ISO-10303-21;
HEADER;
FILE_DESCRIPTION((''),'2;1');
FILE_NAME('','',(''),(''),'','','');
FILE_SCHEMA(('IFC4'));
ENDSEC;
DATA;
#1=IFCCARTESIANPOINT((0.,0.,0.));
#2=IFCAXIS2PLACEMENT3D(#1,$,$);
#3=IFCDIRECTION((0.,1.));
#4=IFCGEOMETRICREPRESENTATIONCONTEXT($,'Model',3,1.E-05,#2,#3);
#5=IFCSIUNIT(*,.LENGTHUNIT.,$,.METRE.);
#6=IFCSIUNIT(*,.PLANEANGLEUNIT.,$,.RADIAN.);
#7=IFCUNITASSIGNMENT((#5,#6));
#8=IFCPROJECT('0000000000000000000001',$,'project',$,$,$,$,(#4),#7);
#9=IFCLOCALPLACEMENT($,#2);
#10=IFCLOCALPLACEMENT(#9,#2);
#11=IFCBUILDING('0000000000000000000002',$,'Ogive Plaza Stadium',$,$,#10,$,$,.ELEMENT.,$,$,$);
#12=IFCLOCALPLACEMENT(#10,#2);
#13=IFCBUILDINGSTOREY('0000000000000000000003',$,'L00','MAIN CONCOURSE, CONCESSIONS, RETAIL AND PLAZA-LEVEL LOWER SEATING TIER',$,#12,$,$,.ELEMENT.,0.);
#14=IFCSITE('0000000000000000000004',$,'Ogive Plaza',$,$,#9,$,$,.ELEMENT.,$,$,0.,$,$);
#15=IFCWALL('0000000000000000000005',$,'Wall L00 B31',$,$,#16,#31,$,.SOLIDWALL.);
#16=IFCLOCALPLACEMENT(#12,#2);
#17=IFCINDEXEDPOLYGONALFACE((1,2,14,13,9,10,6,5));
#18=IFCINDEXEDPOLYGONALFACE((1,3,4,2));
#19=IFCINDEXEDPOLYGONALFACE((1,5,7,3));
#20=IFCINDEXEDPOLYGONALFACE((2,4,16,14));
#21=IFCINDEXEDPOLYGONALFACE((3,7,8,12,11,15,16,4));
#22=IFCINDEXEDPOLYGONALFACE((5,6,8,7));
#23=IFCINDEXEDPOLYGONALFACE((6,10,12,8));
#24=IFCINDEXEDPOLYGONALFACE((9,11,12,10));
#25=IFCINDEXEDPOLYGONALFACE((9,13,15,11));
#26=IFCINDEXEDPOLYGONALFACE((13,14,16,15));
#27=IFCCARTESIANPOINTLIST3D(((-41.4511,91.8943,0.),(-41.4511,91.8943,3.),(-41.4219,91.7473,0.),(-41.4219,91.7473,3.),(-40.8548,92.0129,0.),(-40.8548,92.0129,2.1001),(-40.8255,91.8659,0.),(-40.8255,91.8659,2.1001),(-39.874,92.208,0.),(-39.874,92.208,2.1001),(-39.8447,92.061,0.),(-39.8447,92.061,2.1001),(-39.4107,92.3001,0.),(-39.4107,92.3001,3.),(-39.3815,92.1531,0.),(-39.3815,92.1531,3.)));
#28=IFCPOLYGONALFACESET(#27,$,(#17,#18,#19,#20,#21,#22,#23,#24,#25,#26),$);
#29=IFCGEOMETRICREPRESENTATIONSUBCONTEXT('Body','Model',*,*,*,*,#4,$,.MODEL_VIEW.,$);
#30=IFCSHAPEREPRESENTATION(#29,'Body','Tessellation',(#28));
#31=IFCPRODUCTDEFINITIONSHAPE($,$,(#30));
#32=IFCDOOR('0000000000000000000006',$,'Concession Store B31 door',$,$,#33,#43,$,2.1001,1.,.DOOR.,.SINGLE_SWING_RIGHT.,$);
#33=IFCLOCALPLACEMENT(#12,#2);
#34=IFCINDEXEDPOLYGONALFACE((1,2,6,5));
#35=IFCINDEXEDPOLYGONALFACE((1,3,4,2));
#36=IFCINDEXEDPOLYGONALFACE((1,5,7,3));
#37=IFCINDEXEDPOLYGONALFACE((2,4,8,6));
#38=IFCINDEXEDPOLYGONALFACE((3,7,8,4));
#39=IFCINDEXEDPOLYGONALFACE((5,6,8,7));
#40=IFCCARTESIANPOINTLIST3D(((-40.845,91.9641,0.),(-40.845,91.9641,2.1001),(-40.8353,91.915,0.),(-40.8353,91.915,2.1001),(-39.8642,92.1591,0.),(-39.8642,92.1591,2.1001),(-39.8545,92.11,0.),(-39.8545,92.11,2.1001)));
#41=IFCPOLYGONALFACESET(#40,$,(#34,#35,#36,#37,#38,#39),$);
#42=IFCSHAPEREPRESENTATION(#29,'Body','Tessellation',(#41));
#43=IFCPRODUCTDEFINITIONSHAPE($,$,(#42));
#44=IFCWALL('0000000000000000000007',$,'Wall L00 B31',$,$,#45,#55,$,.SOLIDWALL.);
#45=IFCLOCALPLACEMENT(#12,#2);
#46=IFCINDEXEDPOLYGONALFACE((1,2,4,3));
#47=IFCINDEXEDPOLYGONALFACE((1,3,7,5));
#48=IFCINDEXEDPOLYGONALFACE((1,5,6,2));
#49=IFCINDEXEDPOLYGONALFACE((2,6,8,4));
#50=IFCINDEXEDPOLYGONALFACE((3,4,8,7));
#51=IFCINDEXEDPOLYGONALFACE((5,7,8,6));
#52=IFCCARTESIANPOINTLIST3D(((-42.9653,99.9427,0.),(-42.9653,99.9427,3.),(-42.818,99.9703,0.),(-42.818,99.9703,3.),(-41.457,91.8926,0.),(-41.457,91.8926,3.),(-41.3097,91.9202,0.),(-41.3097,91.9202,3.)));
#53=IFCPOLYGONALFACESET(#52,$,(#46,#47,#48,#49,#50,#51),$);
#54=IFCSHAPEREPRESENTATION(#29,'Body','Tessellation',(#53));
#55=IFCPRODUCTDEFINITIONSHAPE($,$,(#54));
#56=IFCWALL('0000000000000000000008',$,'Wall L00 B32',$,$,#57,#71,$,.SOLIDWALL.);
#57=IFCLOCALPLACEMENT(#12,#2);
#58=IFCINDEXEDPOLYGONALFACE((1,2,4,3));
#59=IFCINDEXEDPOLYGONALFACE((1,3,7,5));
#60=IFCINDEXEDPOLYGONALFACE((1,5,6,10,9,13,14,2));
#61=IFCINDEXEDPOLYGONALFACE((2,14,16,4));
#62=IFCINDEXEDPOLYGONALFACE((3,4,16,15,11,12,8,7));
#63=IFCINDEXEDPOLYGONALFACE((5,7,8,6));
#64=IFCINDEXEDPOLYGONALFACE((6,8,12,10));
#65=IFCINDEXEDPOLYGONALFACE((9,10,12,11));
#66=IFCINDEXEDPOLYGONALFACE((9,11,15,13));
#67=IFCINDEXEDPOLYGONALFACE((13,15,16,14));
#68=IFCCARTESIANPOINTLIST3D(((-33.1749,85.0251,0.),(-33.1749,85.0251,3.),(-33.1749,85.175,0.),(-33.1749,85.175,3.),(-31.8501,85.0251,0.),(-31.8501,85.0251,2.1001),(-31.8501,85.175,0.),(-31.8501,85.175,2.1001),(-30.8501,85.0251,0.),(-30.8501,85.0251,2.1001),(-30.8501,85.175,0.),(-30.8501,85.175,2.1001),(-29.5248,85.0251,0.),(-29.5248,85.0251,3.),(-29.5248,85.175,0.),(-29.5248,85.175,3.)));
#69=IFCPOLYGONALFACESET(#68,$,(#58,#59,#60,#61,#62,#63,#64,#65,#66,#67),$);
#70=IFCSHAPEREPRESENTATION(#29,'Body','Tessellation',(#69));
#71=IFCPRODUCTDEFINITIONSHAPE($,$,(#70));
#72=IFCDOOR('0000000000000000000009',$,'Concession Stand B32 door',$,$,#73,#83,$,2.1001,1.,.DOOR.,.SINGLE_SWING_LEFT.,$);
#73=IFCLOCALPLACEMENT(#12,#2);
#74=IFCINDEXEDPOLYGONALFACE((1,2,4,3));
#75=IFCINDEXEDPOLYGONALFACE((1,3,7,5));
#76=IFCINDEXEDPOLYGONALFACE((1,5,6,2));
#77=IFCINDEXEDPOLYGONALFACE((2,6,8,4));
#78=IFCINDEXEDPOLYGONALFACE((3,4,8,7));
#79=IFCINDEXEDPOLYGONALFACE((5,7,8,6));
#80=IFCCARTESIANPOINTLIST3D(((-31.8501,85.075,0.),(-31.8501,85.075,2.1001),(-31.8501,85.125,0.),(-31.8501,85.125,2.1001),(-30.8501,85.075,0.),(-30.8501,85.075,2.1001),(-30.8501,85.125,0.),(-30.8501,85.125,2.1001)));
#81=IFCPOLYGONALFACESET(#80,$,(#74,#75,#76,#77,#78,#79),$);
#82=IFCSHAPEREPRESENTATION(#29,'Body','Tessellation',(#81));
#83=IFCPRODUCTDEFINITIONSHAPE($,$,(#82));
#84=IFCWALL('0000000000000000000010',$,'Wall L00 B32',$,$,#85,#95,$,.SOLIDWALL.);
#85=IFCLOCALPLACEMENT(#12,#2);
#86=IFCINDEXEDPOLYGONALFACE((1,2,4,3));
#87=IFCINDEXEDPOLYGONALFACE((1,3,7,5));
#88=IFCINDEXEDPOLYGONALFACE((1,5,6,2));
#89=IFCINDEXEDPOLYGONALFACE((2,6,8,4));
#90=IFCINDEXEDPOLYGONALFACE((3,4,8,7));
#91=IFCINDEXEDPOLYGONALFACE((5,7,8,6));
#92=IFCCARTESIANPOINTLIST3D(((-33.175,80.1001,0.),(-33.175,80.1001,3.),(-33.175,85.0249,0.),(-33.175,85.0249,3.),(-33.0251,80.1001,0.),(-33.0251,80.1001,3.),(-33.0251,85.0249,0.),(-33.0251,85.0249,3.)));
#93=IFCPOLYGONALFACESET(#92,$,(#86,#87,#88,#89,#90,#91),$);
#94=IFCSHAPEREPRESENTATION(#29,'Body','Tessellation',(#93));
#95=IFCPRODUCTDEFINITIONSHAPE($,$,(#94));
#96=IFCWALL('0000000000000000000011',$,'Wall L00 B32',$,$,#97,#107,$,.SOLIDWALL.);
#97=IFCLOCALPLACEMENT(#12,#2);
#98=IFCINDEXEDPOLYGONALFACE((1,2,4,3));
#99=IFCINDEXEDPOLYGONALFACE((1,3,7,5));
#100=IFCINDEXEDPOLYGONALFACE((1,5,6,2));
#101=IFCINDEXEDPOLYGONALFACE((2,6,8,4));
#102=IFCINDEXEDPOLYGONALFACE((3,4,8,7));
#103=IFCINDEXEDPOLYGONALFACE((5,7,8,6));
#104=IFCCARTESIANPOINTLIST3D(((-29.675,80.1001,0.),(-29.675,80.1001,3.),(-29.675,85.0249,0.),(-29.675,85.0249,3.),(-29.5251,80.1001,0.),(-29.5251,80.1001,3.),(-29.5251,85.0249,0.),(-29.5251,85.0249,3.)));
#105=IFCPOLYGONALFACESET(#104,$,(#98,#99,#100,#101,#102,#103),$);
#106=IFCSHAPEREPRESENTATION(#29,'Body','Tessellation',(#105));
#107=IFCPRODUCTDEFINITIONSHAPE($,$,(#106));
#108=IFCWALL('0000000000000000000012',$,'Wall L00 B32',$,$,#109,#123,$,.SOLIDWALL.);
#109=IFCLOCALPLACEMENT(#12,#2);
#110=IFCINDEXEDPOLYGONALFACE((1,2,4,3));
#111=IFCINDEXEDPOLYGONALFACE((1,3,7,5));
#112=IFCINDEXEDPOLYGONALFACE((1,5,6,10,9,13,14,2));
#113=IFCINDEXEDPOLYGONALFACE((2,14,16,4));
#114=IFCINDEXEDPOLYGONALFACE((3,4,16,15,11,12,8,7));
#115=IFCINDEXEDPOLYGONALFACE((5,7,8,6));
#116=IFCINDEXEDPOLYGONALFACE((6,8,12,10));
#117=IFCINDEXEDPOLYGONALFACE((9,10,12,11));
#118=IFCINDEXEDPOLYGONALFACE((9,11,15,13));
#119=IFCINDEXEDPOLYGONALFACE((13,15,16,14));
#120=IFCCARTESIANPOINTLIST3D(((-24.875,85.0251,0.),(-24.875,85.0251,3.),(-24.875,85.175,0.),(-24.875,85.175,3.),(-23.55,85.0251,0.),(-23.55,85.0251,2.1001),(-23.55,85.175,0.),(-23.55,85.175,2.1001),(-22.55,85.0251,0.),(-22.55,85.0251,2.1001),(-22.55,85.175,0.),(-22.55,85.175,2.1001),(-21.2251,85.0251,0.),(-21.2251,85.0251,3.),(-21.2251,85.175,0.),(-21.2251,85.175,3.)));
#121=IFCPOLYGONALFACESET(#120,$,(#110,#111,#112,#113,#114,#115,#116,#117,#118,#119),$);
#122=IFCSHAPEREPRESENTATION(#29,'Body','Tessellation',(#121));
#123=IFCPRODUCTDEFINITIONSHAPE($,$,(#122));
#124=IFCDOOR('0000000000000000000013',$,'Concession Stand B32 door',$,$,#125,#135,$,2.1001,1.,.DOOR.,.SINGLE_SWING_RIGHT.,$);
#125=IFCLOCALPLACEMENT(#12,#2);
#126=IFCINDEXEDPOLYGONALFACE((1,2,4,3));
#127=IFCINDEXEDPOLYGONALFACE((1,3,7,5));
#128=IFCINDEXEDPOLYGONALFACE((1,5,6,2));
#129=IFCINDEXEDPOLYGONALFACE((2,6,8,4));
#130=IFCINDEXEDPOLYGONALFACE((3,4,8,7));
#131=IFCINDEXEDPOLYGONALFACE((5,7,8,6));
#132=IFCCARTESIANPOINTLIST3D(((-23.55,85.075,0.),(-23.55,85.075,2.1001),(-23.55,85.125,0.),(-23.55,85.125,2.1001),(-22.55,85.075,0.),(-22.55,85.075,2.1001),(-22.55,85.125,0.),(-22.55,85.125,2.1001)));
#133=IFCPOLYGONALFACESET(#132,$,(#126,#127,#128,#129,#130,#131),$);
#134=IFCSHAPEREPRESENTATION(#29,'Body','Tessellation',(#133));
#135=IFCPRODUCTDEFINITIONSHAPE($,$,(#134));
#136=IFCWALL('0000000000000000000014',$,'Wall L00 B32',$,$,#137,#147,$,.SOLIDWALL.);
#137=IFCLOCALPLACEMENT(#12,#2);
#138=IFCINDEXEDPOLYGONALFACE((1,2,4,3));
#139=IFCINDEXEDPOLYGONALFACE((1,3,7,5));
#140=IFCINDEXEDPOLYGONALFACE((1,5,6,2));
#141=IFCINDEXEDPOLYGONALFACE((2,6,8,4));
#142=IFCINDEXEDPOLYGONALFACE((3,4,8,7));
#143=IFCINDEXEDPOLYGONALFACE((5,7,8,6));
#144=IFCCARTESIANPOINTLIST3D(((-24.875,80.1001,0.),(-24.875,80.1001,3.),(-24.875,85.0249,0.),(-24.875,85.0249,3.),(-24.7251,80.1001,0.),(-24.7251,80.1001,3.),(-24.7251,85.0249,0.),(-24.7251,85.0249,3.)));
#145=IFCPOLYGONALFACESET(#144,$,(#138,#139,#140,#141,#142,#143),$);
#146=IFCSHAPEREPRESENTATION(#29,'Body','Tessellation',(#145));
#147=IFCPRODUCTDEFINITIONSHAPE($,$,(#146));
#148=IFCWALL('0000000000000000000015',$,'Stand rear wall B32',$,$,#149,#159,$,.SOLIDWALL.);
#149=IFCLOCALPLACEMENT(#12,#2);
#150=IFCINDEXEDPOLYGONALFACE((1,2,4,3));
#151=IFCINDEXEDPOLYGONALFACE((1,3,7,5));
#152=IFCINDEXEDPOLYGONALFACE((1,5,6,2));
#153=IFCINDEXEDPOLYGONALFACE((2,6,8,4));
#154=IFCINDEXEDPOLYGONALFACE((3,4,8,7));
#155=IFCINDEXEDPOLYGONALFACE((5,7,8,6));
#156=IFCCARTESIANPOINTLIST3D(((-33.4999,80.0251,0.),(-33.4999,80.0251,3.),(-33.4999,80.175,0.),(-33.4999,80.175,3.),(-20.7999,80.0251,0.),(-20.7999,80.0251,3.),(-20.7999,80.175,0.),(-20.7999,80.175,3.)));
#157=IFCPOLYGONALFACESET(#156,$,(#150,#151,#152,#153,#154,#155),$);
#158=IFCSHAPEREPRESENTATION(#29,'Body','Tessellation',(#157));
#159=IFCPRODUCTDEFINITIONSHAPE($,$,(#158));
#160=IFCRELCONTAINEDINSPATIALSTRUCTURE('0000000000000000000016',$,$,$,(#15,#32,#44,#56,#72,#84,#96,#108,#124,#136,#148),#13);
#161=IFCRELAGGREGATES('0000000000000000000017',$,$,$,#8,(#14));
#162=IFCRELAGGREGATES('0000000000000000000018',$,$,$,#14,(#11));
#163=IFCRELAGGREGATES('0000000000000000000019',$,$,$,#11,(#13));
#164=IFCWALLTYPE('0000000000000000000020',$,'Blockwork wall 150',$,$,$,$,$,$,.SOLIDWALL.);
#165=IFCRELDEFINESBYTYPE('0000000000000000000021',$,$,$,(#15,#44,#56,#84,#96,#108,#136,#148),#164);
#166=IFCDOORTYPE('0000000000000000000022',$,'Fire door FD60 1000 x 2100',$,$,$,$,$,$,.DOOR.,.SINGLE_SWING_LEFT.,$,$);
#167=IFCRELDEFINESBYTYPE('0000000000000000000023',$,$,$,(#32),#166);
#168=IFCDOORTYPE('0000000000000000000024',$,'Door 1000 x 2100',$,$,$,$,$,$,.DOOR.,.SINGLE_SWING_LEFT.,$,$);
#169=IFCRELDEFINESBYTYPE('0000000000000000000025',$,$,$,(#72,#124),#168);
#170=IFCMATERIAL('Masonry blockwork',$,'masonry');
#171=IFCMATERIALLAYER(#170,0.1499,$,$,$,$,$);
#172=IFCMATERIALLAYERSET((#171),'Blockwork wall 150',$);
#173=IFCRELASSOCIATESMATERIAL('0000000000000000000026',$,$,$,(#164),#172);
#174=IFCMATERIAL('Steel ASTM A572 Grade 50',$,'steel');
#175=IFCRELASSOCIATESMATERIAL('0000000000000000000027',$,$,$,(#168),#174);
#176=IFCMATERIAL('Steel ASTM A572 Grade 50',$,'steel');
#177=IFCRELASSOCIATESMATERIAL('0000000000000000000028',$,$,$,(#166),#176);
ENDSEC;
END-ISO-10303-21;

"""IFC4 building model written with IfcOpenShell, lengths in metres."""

from ifc_helpers import new_model, si_unit, direction, frame, frame_2d, origin, place, context, subcontext, project, spatial, rectangle, extrude, material, layer, layer_set, type_object, element, fill, save


model = new_model("IFC4")

# Units and contexts
model_context = context("Model", 3, precision=1e-05, world=origin(), true_north=direction((0.0, 1.0)))
body_context = subcontext(model_context, "Body", "Model", "MODEL_VIEW")
ifc_project = project(units=[si_unit("LENGTHUNIT", "METRE"), si_unit("PLANEANGLEUNIT", "RADIAN")], contexts=[model_context])

# Site, building, storey
site_placement = place(None, origin())
site = spatial("IfcSite", under=ifc_project, at=site_placement, Name="Ogive Plaza", CompositionType="ELEMENT", RefElevation=0.0)
building_placement = place(site_placement, origin())
building = spatial("IfcBuilding", under=site, at=building_placement, Name="Ogive Plaza Stadium", CompositionType="ELEMENT")
storey_placement = place(building_placement, origin())
storey = spatial("IfcBuildingStorey", under=building, at=storey_placement, Name="L00", Description="MAIN CONCOURSE, CONCESSIONS, RETAIL AND PLAZA-LEVEL LOWER SEATING TIER", CompositionType="ELEMENT", Elevation=0.0)

# Shared definitions
ifc_material_1 = material(Name="Masonry blockwork", Category="masonry")
ifc_layer = layer(ifc_material_1, 0.1499)
ifc_layer_set = layer_set([ifc_layer], Name="Blockwork wall 150")
wall_type = type_object("IfcWallType", Name="Blockwork wall 150", PredefinedType="SOLIDWALL", material=ifc_layer_set)
ifc_material_2 = material(Name="Steel ASTM A572 Grade 50", Category="steel")
door_type_1 = type_object("IfcDoorType", Name="Door 1000 x 2100", OperationType="SINGLE_SWING_LEFT", PredefinedType="DOOR", material=ifc_material_2)

# Wall, opening, door
wall_1_placement = place(storey_placement, frame((-39.3962, 92.2266, 0.0), z_axis=(0.0, 0.0, 1.0), x_axis=(-0.980792, -0.195055, 0.0)))
wall_1 = element("IfcWall", 1, at=wall_1_placement, inside=storey, type_object=wall_type, Name="Wall L00 B31", PredefinedType="SOLIDWALL", context=body_context, shape_type="SweptSolid", body=[
    extrude(rectangle(XDim=2.0803, YDim=0.1499, at=frame_2d((1.04, 0.0))), origin(), (0.0, 0.0, 1.0), 3.0),
])
opening_1_placement = place(wall_1_placement, frame((0.4722, 0.0, 0.0)))
opening_1 = element("IfcOpeningElement", 2, at=opening_1_placement, cuts=wall_1, PredefinedType="OPENING", context=body_context, shape_type="SweptSolid", body=[
    extrude(rectangle(XDim=1.0, YDim=2.1001, at=frame_2d((0.5, 1.05))), frame((0.0, 0.075, 0.0), z_axis=(0.0, -1.0, 0.0), x_axis=(1.0, 0.0, 0.0)), (0.0, 0.0, 1.0), 0.1499),
])
ifc_material_3 = material(Name="Steel ASTM A572 Grade 50", Category="steel")
door_type_2 = type_object("IfcDoorType", Name="Fire door FD60 1000 x 2100", OperationType="SINGLE_SWING_LEFT", PredefinedType="DOOR", material=ifc_material_3)
door_1_placement = place(opening_1_placement, origin())
door_1 = element("IfcDoor", 3, at=door_1_placement, inside=storey, type_object=door_type_2, Name="Concession Store B31 door", OperationType="SINGLE_SWING_RIGHT", OverallHeight=2.1001, OverallWidth=1.0, PredefinedType="DOOR", context=body_context, shape_type="SweptSolid", body=[
    extrude(rectangle(XDim=1.0, YDim=2.1001, at=frame_2d((0.5, 1.05))), frame((0.0, 0.0249, 0.0), z_axis=(0.0, -1.0, 0.0), x_axis=(1.0, 0.0, 0.0)), (0.0, 0.0, 1.0), 0.05),
])
fill(opening_1, door_1)

# Wall
wall_2_placement = place(storey_placement, frame((-41.3833, 91.9062, 0.0), z_axis=(0.0, 0.0, 1.0), x_axis=(-0.184161, 0.982896, 0.0)))
element("IfcWall", 4, at=wall_2_placement, inside=storey, type_object=wall_type, Name="Wall L00 B31", PredefinedType="SOLIDWALL", context=body_context, shape_type="SweptSolid", body=[
    extrude(rectangle(XDim=8.1902, YDim=0.1499, at=frame_2d((4.0952, 0.0))), origin(), (0.0, 0.0, 1.0), 3.0),
])

# Wall, opening, door
wall_3_placement = place(storey_placement, frame((-33.175, 85.1001, 0.0), z_axis=(0.0, 0.0, 1.0), x_axis=(1.0, 0.0, 0.0)))
wall_3 = element("IfcWall", 5, at=wall_3_placement, inside=storey, type_object=wall_type, Name="Wall L00 B32", PredefinedType="SOLIDWALL", context=body_context, shape_type="SweptSolid", body=[
    extrude(rectangle(XDim=3.6501, YDim=0.1499, at=frame_2d((1.8252, 0.0))), origin(), (0.0, 0.0, 1.0), 3.0),
])
opening_2_placement = place(wall_3_placement, frame((1.325, 0.0, 0.0)))
opening_2 = element("IfcOpeningElement", 6, at=opening_2_placement, cuts=wall_3, PredefinedType="OPENING", context=body_context, shape_type="SweptSolid", body=[
    extrude(rectangle(XDim=1.0, YDim=2.1001, at=frame_2d((0.5, 1.05))), frame((0.0, 0.075, 0.0), z_axis=(0.0, -1.0, 0.0), x_axis=(1.0, 0.0, 0.0)), (0.0, 0.0, 1.0), 0.1499),
])
door_2_placement = place(opening_2_placement, origin())
door_2 = element("IfcDoor", 7, at=door_2_placement, inside=storey, type_object=door_type_1, Name="Concession Stand B32 door", OperationType="SINGLE_SWING_LEFT", OverallHeight=2.1001, OverallWidth=1.0, PredefinedType="DOOR", context=body_context, shape_type="SweptSolid", body=[
    extrude(rectangle(XDim=1.0, YDim=2.1001, at=frame_2d((0.5, 1.05))), frame((0.0, 0.0249, 0.0), z_axis=(0.0, -1.0, 0.0), x_axis=(1.0, 0.0, 0.0)), (0.0, 0.0, 1.0), 0.05),
])
fill(opening_2, door_2)

# Walls
for number, where, z_axis, x_axis, name in (
    (8, (-33.1001, 80.1001, 0.0), (0.0, 0.0, 1.0), (0.0, 1.0, 0.0), "Wall L00 B32"),
    (9, (-29.6001, 80.1001, 0.0), (0.0, 0.0, 1.0), (0.0, 1.0, 0.0), "Wall L00 B32"),
):
    element("IfcWall", number, at=place(storey_placement, frame(where, z_axis=z_axis, x_axis=x_axis)), inside=storey, type_object=wall_type, Name=name, PredefinedType="SOLIDWALL", context=body_context, shape_type="SweptSolid", body=[
        extrude(rectangle(XDim=4.9248, YDim=0.1499, at=frame_2d((2.4624, 0.0))), origin(), (0.0, 0.0, 1.0), 3.0),
    ])

# Wall, opening, door
wall_4_placement = place(storey_placement, frame((-24.875, 85.1001, 0.0), z_axis=(0.0, 0.0, 1.0), x_axis=(1.0, 0.0, 0.0)))
wall_4 = element("IfcWall", 10, at=wall_4_placement, inside=storey, type_object=wall_type, Name="Wall L00 B32", PredefinedType="SOLIDWALL", context=body_context, shape_type="SweptSolid", body=[
    extrude(rectangle(XDim=3.6499, YDim=0.1499, at=frame_2d((1.825, 0.0))), origin(), (0.0, 0.0, 1.0), 3.0),
])
opening_3_placement = place(wall_4_placement, frame((1.325, 0.0, 0.0)))
opening_3 = element("IfcOpeningElement", 11, at=opening_3_placement, cuts=wall_4, PredefinedType="OPENING", context=body_context, shape_type="SweptSolid", body=[
    extrude(rectangle(XDim=1.0, YDim=2.1001, at=frame_2d((0.5, 1.05))), frame((0.0, 0.075, 0.0), z_axis=(0.0, -1.0, 0.0), x_axis=(1.0, 0.0, 0.0)), (0.0, 0.0, 1.0), 0.1499),
])
door_3_placement = place(opening_3_placement, origin())
door_3 = element("IfcDoor", 12, at=door_3_placement, inside=storey, type_object=door_type_1, Name="Concession Stand B32 door", OperationType="SINGLE_SWING_RIGHT", OverallHeight=2.1001, OverallWidth=1.0, PredefinedType="DOOR", context=body_context, shape_type="SweptSolid", body=[
    extrude(rectangle(XDim=1.0, YDim=2.1001, at=frame_2d((0.5, 1.05))), frame((0.0, 0.0249, 0.0), z_axis=(0.0, -1.0, 0.0), x_axis=(1.0, 0.0, 0.0)), (0.0, 0.0, 1.0), 0.05),
])
fill(opening_3, door_3)

# Walls
wall_5_placement = place(storey_placement, frame((-24.8, 80.1001, 0.0), z_axis=(0.0, 0.0, 1.0), x_axis=(0.0, 1.0, 0.0)))
element("IfcWall", 13, at=wall_5_placement, inside=storey, type_object=wall_type, Name="Wall L00 B32", PredefinedType="SOLIDWALL", context=body_context, shape_type="SweptSolid", body=[
    extrude(rectangle(XDim=4.9248, YDim=0.1499, at=frame_2d((2.4624, 0.0))), origin(), (0.0, 0.0, 1.0), 3.0),
])
wall_6_placement = place(storey_placement, frame((-33.5, 80.1001, 0.0), z_axis=(0.0, 0.0, 1.0), x_axis=(1.0, 0.0, 0.0)))
element("IfcWall", 14, at=wall_6_placement, inside=storey, type_object=wall_type, Name="Stand rear wall B32", PredefinedType="SOLIDWALL", context=body_context, shape_type="SweptSolid", body=[
    extrude(rectangle(XDim=12.7, YDim=0.1499, at=frame_2d((6.3501, 0.0))), origin(), (0.0, 0.0, 1.0), 3.0),
])

save(model, "model.ifc")
